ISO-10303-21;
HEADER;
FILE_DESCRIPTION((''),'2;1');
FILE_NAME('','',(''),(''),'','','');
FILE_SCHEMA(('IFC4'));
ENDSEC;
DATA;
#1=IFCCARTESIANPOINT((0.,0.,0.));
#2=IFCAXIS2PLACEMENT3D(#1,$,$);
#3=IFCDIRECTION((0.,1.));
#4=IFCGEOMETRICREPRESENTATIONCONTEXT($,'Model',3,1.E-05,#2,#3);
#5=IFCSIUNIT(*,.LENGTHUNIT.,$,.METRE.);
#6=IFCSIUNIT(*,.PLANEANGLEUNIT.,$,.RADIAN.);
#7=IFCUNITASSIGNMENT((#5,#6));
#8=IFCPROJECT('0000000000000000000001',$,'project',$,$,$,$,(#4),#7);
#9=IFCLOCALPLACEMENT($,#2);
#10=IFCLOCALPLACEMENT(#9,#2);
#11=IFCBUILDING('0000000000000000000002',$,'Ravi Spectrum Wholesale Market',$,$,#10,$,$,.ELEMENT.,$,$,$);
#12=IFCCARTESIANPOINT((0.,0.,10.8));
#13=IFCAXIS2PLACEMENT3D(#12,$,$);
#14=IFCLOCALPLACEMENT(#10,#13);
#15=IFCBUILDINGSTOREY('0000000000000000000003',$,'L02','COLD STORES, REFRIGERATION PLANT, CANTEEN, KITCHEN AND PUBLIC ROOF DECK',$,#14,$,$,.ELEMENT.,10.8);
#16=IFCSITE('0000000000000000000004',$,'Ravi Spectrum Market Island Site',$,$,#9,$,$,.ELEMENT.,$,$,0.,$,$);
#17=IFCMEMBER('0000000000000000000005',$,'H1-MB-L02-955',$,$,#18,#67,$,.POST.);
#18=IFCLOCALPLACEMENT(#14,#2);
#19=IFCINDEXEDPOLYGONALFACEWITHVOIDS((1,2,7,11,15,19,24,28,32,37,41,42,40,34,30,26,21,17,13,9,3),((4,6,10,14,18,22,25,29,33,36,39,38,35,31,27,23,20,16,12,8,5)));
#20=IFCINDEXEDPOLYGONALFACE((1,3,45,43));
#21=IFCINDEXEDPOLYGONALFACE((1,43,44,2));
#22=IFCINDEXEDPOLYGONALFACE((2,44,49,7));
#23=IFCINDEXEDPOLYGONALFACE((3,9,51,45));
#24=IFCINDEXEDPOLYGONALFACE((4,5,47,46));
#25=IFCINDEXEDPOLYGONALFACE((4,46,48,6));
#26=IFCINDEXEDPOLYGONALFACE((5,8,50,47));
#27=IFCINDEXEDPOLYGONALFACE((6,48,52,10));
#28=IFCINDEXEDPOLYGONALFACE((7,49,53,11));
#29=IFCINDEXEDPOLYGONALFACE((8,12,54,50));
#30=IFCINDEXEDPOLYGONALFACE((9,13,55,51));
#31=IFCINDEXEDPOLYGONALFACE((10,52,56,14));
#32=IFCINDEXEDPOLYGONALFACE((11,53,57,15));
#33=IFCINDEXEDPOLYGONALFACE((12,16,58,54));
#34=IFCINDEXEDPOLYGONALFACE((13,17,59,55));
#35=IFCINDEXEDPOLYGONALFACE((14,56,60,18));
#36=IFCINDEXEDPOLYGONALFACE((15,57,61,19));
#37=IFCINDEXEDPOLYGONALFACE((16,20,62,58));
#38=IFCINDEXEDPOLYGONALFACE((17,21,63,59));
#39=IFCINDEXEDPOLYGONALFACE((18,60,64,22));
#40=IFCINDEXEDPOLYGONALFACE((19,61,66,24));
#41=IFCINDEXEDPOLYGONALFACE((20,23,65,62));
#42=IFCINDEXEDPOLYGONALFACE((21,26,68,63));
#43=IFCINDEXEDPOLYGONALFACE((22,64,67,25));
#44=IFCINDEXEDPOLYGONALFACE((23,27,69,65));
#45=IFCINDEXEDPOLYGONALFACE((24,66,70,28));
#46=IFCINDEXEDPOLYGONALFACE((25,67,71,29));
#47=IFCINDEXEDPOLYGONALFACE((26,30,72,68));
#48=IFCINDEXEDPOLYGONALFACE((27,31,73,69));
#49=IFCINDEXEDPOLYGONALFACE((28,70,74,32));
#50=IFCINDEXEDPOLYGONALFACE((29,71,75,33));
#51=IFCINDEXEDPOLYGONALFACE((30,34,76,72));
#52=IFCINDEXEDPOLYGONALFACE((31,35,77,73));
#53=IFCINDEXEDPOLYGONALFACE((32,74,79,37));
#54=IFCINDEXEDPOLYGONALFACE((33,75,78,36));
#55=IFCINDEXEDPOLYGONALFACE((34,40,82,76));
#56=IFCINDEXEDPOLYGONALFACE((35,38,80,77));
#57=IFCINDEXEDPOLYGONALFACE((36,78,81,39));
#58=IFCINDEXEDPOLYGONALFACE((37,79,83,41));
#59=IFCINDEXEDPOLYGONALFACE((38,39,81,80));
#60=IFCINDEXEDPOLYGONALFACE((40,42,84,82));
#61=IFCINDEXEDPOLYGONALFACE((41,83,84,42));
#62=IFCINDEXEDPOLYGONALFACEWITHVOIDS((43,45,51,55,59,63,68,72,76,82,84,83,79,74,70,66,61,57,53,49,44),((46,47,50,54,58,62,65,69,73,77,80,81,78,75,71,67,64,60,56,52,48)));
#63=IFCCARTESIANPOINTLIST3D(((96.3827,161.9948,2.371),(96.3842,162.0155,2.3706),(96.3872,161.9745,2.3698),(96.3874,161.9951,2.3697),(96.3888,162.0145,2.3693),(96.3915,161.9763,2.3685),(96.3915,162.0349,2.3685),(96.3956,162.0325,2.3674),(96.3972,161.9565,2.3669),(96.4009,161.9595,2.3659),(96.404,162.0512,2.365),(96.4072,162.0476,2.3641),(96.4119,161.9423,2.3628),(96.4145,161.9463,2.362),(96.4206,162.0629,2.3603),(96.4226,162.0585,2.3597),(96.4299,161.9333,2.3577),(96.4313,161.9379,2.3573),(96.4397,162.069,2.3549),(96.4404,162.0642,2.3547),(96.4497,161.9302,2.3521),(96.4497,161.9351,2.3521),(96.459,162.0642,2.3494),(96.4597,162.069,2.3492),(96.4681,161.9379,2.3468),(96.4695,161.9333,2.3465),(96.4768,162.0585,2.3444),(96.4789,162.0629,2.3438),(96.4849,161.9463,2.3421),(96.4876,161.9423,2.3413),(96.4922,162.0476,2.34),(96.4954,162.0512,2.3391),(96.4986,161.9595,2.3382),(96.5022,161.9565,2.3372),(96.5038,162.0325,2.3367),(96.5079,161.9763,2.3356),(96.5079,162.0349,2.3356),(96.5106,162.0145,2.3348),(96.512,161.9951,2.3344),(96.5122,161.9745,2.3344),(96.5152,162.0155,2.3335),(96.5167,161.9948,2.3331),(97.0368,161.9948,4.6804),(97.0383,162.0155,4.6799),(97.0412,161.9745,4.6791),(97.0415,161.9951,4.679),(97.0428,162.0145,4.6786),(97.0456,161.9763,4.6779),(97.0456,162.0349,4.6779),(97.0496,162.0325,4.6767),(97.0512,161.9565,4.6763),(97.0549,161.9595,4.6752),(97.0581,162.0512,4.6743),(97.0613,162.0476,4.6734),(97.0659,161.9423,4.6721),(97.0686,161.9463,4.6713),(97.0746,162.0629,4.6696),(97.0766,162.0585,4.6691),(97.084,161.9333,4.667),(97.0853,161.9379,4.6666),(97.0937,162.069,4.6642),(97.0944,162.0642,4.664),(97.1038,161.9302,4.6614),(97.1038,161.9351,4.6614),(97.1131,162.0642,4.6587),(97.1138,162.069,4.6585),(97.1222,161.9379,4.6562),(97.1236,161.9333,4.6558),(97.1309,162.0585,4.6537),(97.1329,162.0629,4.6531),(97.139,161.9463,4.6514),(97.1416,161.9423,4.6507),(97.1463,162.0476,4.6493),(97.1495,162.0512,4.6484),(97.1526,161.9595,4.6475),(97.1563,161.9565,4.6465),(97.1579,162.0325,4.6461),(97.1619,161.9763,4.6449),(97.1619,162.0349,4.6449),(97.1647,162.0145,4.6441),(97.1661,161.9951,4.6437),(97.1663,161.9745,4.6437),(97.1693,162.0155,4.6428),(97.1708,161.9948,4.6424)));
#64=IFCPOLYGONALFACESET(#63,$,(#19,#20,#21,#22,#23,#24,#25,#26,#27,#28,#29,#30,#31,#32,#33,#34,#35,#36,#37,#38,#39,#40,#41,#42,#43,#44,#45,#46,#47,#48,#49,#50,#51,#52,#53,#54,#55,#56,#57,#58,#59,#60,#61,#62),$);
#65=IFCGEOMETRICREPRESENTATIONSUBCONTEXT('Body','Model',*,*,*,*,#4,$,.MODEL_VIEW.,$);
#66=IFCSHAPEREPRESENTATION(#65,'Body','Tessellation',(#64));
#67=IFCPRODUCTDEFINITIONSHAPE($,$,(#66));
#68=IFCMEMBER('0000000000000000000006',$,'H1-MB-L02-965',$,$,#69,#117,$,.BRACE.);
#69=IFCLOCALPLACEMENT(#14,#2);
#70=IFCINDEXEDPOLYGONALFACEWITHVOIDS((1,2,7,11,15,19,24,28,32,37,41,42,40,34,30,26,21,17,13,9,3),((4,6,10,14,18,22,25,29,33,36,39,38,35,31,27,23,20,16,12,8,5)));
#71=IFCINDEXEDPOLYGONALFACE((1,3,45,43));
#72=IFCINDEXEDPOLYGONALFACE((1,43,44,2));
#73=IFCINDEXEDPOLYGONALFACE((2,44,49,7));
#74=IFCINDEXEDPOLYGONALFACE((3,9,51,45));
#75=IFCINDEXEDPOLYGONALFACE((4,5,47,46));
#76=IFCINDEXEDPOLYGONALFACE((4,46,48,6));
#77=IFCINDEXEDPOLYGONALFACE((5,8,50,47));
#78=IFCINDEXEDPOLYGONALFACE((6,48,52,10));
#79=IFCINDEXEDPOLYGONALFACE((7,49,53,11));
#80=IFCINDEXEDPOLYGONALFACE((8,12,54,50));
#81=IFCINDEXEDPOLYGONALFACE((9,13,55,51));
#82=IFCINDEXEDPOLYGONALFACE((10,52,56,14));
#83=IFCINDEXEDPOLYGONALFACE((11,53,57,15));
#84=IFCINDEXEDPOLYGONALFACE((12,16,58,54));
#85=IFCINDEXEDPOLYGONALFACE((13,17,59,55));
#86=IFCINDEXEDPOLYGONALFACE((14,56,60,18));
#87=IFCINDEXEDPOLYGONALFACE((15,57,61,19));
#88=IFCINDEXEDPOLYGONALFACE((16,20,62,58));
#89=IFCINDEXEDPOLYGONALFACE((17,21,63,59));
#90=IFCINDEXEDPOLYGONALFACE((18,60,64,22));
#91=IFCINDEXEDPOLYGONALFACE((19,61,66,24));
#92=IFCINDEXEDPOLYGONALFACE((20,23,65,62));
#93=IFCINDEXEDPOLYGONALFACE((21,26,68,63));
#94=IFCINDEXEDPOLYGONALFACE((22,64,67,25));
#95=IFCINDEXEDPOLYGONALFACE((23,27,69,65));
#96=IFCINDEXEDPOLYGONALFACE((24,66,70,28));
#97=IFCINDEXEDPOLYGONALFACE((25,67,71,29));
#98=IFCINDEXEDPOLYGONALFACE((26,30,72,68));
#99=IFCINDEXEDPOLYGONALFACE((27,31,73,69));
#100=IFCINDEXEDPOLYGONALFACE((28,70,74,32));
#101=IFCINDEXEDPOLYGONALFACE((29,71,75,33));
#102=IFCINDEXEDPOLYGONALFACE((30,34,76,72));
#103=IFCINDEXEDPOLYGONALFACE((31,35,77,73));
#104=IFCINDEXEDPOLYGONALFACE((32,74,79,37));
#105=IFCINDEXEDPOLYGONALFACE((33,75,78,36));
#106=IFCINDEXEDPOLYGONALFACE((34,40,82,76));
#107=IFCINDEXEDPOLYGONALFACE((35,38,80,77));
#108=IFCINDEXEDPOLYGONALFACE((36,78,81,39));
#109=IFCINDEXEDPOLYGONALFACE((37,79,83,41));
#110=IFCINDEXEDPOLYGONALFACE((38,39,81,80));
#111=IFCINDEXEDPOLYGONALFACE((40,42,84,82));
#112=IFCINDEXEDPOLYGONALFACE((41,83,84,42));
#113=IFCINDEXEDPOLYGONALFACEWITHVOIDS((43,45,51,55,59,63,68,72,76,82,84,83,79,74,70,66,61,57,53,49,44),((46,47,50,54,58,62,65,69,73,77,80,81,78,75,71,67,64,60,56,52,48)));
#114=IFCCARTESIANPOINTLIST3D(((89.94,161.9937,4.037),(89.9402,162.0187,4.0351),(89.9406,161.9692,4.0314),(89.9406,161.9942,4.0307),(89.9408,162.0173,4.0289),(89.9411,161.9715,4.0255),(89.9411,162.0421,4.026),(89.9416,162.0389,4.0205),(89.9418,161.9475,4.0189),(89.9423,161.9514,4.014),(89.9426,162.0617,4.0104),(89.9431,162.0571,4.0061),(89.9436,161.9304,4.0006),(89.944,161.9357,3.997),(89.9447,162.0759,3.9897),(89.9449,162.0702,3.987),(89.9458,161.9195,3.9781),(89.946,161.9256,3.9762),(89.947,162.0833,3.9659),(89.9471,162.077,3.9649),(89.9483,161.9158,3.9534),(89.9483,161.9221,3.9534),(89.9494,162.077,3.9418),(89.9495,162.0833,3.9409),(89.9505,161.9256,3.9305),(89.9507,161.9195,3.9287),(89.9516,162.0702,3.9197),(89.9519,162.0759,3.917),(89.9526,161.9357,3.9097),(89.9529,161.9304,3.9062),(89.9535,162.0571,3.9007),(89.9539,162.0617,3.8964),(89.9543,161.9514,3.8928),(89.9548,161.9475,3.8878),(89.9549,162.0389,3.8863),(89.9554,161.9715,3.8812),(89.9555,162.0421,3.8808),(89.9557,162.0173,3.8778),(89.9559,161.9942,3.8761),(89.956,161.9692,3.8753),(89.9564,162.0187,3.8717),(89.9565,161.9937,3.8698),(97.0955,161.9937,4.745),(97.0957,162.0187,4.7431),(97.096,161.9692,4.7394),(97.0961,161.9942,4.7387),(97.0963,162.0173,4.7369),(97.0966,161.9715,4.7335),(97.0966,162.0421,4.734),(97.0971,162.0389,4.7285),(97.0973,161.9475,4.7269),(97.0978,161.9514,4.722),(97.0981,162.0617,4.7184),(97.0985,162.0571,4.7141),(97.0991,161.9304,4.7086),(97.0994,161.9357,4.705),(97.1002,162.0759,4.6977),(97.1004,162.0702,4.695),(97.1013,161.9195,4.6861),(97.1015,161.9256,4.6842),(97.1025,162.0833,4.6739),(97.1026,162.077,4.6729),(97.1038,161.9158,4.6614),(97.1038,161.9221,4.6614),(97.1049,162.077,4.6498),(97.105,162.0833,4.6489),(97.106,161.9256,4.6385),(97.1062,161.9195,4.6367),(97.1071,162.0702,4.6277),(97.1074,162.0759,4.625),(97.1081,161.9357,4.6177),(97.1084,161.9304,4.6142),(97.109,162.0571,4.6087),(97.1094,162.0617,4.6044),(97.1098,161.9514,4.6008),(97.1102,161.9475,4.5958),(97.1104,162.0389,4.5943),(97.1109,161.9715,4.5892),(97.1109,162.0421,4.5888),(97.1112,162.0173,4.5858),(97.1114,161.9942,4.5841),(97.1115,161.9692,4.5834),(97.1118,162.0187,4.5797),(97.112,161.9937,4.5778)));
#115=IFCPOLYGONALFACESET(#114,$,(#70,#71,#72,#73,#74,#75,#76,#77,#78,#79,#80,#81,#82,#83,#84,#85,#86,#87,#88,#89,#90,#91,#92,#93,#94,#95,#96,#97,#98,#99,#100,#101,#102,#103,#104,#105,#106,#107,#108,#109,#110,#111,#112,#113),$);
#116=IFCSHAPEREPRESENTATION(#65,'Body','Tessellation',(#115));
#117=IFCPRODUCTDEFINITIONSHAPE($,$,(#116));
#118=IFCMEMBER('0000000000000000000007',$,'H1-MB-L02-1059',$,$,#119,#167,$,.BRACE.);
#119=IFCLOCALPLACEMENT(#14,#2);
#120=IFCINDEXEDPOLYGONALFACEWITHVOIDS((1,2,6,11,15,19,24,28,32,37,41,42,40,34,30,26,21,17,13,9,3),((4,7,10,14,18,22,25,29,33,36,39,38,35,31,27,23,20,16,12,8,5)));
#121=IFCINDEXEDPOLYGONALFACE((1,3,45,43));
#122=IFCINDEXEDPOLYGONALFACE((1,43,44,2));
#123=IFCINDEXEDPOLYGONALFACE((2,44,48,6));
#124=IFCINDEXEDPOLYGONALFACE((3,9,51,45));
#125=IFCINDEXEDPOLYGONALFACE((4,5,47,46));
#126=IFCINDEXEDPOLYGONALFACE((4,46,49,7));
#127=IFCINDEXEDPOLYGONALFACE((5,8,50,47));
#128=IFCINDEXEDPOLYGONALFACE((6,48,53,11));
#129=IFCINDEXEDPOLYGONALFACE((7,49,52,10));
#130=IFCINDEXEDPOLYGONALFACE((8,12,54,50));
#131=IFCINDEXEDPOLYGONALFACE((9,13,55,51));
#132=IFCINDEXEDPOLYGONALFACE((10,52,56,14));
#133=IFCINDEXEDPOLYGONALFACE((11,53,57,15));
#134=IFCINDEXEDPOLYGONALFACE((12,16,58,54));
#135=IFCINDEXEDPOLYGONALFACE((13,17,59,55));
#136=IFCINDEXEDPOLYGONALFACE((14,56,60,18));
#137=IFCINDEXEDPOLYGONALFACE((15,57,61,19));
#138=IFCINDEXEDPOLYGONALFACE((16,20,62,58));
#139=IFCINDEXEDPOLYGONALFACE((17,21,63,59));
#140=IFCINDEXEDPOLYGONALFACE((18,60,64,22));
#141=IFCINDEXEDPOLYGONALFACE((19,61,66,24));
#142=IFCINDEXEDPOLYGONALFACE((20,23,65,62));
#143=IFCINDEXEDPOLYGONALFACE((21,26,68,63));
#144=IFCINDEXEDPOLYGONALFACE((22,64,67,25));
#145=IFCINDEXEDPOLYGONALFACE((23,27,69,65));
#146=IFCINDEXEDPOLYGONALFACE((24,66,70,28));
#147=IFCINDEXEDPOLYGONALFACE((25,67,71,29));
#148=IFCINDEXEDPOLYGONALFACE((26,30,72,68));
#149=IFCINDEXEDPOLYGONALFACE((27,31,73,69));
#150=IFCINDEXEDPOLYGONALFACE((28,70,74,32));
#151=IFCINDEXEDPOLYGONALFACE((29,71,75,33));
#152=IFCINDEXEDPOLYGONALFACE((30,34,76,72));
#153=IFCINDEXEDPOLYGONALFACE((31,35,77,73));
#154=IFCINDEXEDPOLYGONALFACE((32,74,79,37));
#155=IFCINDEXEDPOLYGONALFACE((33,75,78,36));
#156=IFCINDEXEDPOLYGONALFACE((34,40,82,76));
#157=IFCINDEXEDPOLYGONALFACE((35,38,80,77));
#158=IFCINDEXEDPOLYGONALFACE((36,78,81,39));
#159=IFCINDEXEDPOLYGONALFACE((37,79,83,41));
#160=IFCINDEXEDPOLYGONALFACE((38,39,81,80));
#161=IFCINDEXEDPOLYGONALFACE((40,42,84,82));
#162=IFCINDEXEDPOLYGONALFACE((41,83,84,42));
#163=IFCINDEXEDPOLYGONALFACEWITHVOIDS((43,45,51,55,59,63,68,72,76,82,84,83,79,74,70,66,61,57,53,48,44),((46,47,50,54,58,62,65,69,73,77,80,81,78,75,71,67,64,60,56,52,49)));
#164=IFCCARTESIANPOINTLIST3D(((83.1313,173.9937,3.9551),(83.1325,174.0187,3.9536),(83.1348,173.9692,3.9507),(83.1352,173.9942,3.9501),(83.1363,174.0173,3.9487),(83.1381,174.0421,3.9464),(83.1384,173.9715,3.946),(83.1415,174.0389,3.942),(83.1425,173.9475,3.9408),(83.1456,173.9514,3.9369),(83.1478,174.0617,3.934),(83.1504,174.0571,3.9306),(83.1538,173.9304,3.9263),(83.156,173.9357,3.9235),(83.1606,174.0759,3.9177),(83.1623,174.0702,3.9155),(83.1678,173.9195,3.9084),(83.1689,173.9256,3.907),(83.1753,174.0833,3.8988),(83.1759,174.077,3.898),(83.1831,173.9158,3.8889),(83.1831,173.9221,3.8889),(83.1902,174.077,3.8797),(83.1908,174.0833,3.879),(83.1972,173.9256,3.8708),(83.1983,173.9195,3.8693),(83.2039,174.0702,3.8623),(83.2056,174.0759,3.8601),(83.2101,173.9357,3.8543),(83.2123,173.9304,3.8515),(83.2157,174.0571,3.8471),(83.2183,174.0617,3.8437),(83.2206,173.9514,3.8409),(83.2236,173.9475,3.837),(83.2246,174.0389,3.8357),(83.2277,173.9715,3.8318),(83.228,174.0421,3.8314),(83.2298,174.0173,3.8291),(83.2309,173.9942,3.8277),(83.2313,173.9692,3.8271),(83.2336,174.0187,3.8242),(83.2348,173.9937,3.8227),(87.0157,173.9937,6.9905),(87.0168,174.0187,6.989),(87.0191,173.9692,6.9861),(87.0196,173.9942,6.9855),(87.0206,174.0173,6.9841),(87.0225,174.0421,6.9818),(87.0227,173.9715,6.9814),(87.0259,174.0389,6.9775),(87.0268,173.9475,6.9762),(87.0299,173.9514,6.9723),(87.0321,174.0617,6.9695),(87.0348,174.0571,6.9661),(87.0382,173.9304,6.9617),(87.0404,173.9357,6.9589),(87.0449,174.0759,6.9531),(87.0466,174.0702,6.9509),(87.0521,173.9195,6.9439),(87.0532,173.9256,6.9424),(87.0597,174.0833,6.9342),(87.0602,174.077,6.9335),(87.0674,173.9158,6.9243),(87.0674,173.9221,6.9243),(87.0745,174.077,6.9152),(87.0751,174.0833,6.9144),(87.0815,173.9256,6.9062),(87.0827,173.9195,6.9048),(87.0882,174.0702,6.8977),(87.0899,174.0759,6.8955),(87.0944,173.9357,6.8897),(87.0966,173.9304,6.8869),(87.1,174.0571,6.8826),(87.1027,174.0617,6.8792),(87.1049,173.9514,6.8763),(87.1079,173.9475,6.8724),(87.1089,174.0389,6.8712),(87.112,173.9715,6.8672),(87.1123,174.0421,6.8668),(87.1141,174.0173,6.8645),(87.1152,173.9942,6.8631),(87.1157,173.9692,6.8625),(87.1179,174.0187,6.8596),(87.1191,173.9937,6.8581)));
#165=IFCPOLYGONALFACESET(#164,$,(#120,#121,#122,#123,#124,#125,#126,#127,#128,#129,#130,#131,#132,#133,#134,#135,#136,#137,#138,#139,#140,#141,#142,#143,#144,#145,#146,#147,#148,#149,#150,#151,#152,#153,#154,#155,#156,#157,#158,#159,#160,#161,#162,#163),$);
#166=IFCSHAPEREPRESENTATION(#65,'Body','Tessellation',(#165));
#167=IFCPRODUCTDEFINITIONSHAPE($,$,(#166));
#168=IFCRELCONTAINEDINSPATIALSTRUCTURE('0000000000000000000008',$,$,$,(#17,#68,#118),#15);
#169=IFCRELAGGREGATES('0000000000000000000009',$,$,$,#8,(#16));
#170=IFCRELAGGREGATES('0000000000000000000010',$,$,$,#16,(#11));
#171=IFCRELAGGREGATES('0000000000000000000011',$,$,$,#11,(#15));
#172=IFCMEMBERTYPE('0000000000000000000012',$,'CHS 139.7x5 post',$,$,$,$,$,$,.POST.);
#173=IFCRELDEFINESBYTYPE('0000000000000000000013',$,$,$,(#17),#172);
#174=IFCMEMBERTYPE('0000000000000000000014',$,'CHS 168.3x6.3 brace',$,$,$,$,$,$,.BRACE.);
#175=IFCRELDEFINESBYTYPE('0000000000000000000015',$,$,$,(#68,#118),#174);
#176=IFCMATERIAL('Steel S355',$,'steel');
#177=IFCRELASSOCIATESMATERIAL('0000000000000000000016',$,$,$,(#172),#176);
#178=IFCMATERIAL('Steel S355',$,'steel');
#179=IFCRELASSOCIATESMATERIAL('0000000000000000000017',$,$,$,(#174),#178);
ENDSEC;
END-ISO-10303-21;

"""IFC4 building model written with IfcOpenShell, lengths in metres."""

from ifc_helpers import new_model, si_unit, direction, frame, origin, origin_2d, place, context, subcontext, project, spatial, hollow_circle, extrude, material, material_profile, profile_set, type_object, element, save


model = new_model("IFC4")

# Units and contexts
model_context = context("Model", 3, precision=1e-05, world=origin(), true_north=direction((0.0, 1.0)))
body_context = subcontext(model_context, "Body", "Model", "MODEL_VIEW")
ifc_project = project(units=[si_unit("LENGTHUNIT", "METRE"), si_unit("PLANEANGLEUNIT", "RADIAN")], contexts=[model_context])

# Site, building, storey
site_placement = place(None, origin())
site = spatial("IfcSite", under=ifc_project, at=site_placement, Name="Ravi Spectrum Market Island Site", CompositionType="ELEMENT", RefElevation=0.0)
building_placement = place(site_placement, origin())
building = spatial("IfcBuilding", under=site, at=building_placement, Name="Ravi Spectrum Wholesale Market", CompositionType="ELEMENT")
storey_placement = place(building_placement, frame((0.0, 0.0, 10.8)))
storey = spatial("IfcBuildingStorey", under=building, at=storey_placement, Name="L02", Description="COLD STORES, REFRIGERATION PLANT, CANTEEN, KITCHEN AND PUBLIC ROOF DECK", CompositionType="ELEMENT", Elevation=10.8)

# Members
ifc_material_1 = material(Name="Steel S355", Category="steel")
ifc_material_profile_1 = material_profile(ifc_material_1, hollow_circle(Radius=0.0698, WallThickness=0.0049, at=origin_2d()))
ifc_profile_set_1 = profile_set([ifc_material_profile_1], Name="Steel S355")
member_type_1 = type_object("IfcMemberType", Name="CHS 139.7x5 post", PredefinedType="POST", material=ifc_profile_set_1)
member_1_placement = place(storey_placement, frame((97.1038, 162.0, 4.6614), z_axis=(-0.272504, 0.0, -0.962155), x_axis=(0.0, -1.0, 0.0)))
element("IfcMember", 1, at=member_1_placement, inside=storey, type_object=member_type_1, Name="H1-MB-L02-955", PredefinedType="POST", context=body_context, shape_type="SweptSolid", body=[
    extrude(hollow_circle(Radius=0.0698, WallThickness=0.0049, at=origin_2d()), origin(), (0.0, 0.0, 1.0), 2.4001),
])
ifc_material_2 = material(Name="Steel S355", Category="steel")
ifc_material_profile_2 = material_profile(ifc_material_2, hollow_circle(Radius=0.0842, WallThickness=0.0063, at=origin_2d()))
ifc_profile_set_2 = profile_set([ifc_material_profile_2], Name="Steel S355")
member_type_2 = type_object("IfcMemberType", Name="CHS 168.3x6.3 brace", PredefinedType="BRACE", material=ifc_profile_set_2)
member_2_placement = place(storey_placement, frame((97.1038, 162.0, 4.6614), z_axis=(-0.995141, 0.0, -0.098465), x_axis=(0.0, -1.0, 0.0)))
element("IfcMember", 2, at=member_2_placement, inside=storey, type_object=member_type_2, Name="H1-MB-L02-965", PredefinedType="BRACE", context=body_context, shape_type="SweptSolid", body=[
    extrude(hollow_circle(Radius=0.0842, WallThickness=0.0063, at=origin_2d()), origin(), (0.0, 0.0, 1.0), 7.1904),
])
for number, where, z_axis, x_axis, name in (
    (3, (87.0674, 174.0, 6.9243), (-0.787945, 0.0, -0.615746), (0.0, -1.0, 0.0), "H1-MB-L02-1059"),
):
    element("IfcMember", number, at=place(storey_placement, frame(where, z_axis=z_axis, x_axis=x_axis)), inside=storey, type_object=member_type_2, Name=name, PredefinedType="BRACE", context=body_context, shape_type="SweptSolid", body=[
        extrude(hollow_circle(Radius=0.0842, WallThickness=0.0063, at=origin_2d()), origin(), (0.0, 0.0, 1.0), 4.9297),
    ])

save(model, "model.ifc")
